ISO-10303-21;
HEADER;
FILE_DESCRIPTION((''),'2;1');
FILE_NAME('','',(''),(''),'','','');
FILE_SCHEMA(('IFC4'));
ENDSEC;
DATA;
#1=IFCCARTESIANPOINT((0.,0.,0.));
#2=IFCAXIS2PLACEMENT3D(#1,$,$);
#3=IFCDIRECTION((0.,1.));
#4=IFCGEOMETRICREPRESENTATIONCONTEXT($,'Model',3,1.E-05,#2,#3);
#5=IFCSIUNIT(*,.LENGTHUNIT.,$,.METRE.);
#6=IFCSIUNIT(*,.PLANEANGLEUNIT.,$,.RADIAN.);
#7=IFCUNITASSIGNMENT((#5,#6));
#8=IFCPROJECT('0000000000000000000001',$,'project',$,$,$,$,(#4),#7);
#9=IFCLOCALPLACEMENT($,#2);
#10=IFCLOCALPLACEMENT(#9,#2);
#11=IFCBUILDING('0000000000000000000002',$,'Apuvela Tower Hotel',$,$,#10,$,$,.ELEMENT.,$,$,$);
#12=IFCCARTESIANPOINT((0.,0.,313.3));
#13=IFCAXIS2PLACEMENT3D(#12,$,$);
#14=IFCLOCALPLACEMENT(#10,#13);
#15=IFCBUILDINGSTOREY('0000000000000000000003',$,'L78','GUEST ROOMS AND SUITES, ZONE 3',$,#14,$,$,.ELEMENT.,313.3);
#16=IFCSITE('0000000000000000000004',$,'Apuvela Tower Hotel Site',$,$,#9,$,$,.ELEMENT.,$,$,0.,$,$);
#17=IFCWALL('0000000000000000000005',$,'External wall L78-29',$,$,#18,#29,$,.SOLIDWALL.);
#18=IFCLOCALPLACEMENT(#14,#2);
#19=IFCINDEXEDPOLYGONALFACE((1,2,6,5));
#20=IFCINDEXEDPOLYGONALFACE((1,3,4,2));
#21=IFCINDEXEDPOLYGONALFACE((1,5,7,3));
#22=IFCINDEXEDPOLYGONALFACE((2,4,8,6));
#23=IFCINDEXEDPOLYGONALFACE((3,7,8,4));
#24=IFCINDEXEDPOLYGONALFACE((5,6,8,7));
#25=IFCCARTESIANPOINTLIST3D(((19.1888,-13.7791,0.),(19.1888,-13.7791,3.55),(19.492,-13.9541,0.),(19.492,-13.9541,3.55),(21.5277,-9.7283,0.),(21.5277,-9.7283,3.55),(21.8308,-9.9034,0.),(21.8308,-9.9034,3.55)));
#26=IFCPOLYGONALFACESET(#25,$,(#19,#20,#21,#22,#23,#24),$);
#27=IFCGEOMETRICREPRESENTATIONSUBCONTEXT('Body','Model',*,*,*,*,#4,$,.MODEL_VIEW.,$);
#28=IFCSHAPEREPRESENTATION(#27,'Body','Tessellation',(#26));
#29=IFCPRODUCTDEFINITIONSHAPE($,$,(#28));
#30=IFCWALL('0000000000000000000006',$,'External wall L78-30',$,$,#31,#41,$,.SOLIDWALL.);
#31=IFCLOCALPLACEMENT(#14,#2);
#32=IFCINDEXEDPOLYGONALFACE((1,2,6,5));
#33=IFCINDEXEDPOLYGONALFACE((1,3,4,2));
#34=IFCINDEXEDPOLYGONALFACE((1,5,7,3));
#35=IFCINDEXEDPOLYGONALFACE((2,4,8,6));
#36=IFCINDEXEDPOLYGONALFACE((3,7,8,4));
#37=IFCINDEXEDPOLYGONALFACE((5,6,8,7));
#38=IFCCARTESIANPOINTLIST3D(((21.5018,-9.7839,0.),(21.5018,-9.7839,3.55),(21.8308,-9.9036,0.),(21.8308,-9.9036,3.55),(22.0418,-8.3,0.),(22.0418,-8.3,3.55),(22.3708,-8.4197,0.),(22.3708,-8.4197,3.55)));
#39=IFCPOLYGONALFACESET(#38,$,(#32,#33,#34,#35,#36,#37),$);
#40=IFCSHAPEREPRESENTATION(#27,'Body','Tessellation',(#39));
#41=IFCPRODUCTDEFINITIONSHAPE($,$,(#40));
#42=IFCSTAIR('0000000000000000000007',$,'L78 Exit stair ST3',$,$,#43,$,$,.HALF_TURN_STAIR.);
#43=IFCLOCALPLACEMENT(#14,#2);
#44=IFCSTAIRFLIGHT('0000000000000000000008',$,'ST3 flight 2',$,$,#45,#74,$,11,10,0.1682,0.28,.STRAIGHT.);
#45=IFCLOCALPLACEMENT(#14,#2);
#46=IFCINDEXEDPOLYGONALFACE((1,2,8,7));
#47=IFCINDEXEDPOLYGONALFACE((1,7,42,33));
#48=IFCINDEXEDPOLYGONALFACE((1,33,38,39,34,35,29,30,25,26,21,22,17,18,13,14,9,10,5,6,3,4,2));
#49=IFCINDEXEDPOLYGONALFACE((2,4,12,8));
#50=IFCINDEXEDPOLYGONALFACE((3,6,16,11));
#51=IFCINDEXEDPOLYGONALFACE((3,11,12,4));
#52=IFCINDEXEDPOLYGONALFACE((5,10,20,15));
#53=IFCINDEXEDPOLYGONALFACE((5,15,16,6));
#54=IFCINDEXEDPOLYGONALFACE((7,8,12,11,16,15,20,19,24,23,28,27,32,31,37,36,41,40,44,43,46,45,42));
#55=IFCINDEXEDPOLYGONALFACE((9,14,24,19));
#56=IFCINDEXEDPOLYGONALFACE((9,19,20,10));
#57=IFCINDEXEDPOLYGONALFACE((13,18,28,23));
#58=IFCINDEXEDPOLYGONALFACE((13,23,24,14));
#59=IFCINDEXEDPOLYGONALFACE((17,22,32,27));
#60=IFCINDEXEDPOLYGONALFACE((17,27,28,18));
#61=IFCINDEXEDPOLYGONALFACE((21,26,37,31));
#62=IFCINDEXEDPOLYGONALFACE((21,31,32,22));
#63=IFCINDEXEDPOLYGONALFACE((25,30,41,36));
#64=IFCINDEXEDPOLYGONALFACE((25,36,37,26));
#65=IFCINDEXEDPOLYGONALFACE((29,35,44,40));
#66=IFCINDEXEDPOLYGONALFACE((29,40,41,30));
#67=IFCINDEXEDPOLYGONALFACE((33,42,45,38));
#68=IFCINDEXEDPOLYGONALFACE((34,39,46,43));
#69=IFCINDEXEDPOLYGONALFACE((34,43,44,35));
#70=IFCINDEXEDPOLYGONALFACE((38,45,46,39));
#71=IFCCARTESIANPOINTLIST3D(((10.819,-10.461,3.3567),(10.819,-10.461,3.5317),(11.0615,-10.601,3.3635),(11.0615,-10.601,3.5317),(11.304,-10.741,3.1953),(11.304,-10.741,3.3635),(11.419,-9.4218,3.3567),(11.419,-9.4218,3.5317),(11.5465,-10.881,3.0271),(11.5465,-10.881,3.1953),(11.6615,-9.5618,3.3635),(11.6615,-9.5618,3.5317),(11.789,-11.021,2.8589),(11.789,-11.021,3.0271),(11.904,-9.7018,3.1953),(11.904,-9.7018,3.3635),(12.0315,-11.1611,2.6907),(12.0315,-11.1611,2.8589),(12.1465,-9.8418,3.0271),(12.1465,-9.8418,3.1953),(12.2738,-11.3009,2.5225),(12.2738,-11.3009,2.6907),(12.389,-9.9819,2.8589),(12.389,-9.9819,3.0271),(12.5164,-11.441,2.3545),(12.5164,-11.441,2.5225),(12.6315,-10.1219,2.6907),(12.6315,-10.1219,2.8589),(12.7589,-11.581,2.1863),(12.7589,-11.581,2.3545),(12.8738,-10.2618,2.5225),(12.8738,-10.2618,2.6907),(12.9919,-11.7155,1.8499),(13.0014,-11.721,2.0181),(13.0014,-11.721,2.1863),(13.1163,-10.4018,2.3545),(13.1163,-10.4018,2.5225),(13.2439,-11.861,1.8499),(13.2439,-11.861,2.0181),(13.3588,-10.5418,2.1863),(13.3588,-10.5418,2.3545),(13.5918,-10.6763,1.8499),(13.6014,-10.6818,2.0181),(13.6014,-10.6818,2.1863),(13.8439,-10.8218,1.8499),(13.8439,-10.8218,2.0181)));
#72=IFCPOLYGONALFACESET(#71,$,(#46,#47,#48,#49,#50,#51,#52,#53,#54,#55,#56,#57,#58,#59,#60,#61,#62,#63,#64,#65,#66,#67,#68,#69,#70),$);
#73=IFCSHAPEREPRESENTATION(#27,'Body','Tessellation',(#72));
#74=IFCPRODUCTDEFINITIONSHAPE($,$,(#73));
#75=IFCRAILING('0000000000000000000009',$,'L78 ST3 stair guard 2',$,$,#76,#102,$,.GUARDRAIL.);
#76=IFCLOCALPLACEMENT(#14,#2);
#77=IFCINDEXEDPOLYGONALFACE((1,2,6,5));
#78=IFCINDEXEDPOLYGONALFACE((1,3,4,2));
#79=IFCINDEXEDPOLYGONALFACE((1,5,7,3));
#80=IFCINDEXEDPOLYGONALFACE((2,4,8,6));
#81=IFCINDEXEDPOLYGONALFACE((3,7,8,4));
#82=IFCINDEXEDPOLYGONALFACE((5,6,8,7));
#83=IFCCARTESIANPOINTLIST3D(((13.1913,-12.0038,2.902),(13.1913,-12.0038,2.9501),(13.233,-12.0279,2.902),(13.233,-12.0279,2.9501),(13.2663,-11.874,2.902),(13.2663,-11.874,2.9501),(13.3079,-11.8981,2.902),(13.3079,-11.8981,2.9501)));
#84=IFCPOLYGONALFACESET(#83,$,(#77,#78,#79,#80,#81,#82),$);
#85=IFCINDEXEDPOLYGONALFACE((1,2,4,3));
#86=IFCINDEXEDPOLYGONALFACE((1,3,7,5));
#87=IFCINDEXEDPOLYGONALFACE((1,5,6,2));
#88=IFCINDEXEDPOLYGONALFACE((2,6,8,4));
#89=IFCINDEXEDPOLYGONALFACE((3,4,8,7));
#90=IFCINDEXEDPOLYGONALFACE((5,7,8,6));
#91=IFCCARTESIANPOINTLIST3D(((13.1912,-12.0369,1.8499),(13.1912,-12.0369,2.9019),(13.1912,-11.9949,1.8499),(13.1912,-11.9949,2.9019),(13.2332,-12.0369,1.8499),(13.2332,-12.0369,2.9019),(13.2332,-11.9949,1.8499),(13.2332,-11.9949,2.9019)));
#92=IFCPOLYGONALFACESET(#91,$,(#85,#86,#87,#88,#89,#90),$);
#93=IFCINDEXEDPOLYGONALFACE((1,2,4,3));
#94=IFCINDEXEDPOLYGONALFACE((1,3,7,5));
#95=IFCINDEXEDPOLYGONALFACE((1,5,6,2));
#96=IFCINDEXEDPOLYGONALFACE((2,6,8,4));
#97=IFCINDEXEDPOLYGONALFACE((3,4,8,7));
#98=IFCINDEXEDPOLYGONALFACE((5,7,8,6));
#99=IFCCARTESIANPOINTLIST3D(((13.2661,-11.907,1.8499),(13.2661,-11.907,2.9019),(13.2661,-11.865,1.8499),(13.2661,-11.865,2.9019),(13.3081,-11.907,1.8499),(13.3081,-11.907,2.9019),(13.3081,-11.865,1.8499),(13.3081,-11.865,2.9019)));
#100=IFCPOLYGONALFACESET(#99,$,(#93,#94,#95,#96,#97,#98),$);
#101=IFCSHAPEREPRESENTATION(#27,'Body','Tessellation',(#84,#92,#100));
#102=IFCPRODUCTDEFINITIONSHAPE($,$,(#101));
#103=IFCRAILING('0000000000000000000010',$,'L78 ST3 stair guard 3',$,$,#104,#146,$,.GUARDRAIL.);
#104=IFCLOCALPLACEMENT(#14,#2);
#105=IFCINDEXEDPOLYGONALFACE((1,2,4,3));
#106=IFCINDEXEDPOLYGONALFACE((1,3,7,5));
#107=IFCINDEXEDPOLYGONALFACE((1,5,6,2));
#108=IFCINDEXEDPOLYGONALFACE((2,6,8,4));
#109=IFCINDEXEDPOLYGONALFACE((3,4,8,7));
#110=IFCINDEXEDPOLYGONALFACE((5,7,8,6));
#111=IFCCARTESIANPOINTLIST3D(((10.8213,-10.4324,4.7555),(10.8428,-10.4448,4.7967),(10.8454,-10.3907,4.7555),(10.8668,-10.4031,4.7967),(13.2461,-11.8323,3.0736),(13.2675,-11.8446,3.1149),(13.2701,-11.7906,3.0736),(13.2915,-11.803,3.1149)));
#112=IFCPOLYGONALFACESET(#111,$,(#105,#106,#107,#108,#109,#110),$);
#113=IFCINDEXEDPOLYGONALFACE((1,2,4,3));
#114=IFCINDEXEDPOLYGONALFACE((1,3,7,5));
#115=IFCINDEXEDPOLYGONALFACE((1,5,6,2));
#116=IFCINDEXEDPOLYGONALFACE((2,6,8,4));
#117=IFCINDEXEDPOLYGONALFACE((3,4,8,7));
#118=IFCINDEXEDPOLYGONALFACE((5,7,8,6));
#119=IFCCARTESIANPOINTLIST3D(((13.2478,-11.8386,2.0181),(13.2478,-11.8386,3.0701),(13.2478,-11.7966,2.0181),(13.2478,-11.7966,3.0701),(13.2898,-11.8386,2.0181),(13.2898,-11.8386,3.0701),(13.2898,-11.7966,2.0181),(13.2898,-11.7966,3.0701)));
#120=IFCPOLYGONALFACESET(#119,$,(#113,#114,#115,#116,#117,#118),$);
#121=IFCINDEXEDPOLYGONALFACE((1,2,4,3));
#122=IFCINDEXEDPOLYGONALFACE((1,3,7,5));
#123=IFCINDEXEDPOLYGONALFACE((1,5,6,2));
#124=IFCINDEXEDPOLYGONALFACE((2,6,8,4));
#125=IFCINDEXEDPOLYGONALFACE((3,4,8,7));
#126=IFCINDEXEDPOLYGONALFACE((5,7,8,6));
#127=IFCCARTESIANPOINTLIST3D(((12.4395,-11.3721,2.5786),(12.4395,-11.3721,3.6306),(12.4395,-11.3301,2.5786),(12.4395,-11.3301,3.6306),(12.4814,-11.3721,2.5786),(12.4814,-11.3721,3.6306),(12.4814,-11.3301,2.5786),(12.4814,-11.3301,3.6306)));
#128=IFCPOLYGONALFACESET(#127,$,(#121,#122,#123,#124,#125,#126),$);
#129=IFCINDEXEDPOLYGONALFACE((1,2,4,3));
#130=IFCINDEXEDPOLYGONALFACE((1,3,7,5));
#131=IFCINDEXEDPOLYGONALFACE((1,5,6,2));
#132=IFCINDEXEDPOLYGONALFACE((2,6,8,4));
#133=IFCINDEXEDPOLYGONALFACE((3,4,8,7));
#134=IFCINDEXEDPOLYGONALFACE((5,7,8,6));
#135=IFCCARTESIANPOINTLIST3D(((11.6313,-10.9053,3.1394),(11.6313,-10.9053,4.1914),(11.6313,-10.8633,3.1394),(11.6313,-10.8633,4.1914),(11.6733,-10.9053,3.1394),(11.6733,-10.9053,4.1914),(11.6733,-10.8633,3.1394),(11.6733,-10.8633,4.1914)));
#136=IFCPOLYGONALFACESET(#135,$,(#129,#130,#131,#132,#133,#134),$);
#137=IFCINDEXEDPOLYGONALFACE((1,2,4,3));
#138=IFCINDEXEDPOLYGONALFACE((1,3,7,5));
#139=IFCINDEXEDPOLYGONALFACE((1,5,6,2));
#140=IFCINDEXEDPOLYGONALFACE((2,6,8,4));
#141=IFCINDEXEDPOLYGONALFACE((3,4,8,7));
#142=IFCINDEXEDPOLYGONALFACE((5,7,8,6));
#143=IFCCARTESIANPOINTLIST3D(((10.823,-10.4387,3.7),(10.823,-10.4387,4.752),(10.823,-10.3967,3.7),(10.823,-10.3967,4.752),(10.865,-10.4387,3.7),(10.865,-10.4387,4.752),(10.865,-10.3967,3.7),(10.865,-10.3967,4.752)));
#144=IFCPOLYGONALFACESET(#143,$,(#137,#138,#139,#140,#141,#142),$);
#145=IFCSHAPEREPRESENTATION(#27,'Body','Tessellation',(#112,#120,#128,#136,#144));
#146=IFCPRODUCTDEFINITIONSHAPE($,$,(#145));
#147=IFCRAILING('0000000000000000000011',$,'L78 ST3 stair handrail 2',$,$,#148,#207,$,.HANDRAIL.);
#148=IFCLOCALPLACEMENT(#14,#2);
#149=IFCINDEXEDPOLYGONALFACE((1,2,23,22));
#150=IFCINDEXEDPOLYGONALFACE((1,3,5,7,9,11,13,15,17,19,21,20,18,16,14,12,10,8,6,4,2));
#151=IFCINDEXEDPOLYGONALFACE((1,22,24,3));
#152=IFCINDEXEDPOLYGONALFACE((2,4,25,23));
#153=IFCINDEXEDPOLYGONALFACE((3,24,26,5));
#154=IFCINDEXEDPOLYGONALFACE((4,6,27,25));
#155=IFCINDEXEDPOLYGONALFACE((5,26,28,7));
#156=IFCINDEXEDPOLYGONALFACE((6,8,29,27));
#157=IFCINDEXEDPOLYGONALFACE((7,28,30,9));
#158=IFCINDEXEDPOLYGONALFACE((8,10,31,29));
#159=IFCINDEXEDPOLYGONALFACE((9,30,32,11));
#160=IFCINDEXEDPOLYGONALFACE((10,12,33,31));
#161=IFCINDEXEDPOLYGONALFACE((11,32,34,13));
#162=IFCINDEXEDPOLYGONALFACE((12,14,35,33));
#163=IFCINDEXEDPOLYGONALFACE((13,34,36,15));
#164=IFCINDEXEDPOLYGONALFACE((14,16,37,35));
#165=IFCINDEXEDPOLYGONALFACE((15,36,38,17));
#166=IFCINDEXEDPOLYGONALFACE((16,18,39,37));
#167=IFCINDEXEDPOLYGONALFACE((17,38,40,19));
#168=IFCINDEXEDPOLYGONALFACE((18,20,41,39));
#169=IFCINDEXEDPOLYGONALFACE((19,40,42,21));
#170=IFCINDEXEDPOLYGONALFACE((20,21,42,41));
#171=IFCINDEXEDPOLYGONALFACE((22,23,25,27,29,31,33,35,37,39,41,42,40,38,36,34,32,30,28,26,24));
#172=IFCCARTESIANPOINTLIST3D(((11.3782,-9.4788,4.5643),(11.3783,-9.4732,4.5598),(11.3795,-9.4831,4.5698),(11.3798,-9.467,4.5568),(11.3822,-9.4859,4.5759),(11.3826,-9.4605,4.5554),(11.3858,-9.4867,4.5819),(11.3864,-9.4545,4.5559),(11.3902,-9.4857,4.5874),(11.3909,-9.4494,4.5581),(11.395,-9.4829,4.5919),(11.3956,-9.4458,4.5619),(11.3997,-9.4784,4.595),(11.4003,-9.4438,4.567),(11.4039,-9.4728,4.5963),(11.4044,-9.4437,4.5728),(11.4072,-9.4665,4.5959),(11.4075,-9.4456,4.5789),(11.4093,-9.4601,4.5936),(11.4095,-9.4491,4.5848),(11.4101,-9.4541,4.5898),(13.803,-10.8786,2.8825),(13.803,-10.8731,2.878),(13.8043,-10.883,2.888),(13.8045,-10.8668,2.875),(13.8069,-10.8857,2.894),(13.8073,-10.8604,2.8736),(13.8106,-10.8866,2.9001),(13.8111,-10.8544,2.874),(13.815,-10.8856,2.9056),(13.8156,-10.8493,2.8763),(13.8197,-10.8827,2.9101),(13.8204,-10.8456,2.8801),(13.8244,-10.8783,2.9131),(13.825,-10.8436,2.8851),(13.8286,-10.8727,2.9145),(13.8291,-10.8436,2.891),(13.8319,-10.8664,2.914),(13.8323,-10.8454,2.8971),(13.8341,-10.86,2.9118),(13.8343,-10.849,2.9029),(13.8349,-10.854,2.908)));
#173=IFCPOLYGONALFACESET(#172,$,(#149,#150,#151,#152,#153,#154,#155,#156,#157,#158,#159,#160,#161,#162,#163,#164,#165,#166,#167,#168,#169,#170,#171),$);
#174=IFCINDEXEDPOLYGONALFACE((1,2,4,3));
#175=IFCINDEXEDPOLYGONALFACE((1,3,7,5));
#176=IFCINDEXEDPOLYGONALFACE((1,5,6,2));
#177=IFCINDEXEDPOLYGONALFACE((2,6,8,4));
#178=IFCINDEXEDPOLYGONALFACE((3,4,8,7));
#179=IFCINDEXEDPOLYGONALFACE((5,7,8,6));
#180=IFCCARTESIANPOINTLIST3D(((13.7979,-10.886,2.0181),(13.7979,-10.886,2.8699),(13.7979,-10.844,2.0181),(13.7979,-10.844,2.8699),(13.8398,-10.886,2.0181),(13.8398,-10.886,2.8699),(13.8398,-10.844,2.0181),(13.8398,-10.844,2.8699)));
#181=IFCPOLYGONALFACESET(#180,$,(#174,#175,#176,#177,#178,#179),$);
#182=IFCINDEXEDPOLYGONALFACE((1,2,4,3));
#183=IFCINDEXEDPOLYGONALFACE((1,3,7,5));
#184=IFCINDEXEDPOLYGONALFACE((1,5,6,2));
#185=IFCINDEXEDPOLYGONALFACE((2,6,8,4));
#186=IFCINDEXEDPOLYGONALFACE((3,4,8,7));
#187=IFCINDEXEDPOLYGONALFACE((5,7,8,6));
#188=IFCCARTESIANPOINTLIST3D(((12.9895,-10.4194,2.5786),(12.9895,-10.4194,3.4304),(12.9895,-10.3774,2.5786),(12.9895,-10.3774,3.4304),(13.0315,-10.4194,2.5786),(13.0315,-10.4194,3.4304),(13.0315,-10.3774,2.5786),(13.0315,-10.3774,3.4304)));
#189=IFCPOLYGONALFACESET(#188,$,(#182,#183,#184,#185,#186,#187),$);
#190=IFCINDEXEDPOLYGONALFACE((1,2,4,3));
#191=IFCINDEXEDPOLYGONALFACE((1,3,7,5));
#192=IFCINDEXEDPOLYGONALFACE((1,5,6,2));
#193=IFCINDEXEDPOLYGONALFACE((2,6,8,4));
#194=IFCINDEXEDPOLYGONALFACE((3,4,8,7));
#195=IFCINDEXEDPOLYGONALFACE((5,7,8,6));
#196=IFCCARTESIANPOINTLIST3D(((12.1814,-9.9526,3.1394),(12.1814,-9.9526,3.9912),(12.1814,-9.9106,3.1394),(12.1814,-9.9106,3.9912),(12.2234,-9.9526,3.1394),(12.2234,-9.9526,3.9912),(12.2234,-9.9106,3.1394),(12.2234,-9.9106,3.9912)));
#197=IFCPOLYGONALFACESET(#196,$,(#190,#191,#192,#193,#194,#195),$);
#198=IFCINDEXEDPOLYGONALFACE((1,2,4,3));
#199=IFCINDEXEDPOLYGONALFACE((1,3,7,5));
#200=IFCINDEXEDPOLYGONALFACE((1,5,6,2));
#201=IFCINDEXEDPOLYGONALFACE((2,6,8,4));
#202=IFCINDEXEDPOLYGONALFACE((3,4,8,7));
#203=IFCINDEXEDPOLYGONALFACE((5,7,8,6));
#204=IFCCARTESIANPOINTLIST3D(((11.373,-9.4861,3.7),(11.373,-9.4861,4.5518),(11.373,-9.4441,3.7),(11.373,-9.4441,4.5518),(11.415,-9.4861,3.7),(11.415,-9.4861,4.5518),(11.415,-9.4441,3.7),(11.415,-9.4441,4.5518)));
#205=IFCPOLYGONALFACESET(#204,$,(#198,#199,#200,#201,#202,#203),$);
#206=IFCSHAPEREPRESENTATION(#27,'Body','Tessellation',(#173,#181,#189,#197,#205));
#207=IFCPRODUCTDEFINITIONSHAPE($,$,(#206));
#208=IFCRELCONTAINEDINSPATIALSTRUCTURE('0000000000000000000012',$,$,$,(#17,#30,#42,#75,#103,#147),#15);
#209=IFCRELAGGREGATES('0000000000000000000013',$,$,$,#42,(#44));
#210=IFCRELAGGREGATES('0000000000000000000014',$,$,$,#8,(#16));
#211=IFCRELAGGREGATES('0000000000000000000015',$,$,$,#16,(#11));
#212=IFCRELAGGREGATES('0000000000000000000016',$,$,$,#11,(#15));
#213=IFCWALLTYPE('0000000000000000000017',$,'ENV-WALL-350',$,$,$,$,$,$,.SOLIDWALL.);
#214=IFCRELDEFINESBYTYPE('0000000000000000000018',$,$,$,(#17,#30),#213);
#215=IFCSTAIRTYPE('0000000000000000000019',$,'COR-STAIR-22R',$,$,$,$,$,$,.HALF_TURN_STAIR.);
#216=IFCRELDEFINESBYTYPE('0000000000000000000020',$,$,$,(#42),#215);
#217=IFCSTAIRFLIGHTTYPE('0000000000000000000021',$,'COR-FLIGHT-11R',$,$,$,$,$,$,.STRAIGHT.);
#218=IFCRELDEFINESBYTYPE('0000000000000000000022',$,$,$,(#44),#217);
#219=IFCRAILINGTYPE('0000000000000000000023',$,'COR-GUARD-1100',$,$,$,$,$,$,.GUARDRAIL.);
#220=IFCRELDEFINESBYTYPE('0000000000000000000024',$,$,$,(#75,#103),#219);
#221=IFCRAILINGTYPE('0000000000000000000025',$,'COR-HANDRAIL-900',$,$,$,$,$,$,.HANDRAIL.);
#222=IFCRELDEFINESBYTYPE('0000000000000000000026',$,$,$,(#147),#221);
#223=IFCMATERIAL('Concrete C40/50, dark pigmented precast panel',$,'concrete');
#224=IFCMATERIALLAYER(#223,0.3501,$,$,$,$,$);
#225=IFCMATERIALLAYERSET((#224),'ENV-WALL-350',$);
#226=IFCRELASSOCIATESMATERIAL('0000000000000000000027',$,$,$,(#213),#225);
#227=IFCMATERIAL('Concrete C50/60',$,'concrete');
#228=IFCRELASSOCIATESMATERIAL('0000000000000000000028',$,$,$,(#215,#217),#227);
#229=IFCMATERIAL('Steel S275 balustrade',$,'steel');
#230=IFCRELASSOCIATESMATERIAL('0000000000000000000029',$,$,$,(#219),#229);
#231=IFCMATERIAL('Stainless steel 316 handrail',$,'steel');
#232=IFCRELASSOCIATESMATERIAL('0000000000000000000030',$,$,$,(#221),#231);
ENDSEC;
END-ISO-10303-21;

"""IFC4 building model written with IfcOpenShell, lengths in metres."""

from ifc_helpers import new_model, si_unit, direction, frame, frame_2d, origin, origin_2d, place, context, subcontext, project, spatial, polyline, rectangle, circle, outline, extrude, material, layer, layer_set, type_object, element, aggregate, save


model = new_model("IFC4")

# Units and contexts
model_context = context("Model", 3, precision=1e-05, world=origin(), true_north=direction((0.0, 1.0)))
body_context = subcontext(model_context, "Body", "Model", "MODEL_VIEW")
ifc_project = project(units=[si_unit("LENGTHUNIT", "METRE"), si_unit("PLANEANGLEUNIT", "RADIAN")], contexts=[model_context])

# Site, building, storey
site_placement = place(None, origin())
site = spatial("IfcSite", under=ifc_project, at=site_placement, Name="Apuvela Tower Hotel Site", CompositionType="ELEMENT", RefElevation=0.0)
building_placement = place(site_placement, origin())
building = spatial("IfcBuilding", under=site, at=building_placement, Name="Apuvela Tower Hotel", CompositionType="ELEMENT")
storey_placement = place(building_placement, frame((0.0, 0.0, 313.3)))
storey = spatial("IfcBuildingStorey", under=building, at=storey_placement, Name="L78", Description="GUEST ROOMS AND SUITES, ZONE 3", CompositionType="ELEMENT", Elevation=313.3)

# Shared definitions
ifc_material_1 = material(Name="Concrete C50/60", Category="concrete")

# Walls
ifc_material_2 = material(Name="Concrete C40/50, dark pigmented precast panel", Category="concrete")
ifc_layer_1 = layer(ifc_material_2, 0.3501)
ifc_layer_set_1 = layer_set([ifc_layer_1], Name="ENV-WALL-350")
wall_type_1 = type_object("IfcWallType", Name="ENV-WALL-350", PredefinedType="SOLIDWALL", material=ifc_layer_set_1)
wall_1_placement = place(storey_placement, frame((19.3403, -13.8667, 0.0), z_axis=(0.0, 0.0, 1.0), x_axis=(0.500024, 0.866012, 0.0)))
element("IfcWall", 1, at=wall_1_placement, inside=storey, type_object=wall_type_1, Name="External wall L78-29", PredefinedType="SOLIDWALL", context=body_context, shape_type="SweptSolid", body=[
    extrude(rectangle(XDim=4.6775, YDim=0.3501, at=frame_2d((2.3389, 0.0))), origin(), (0.0, 0.0, 1.0), 3.55),
])
wall_2_placement = place(storey_placement, frame((21.6663, -9.8438, 0.0), z_axis=(0.0, 0.0, 1.0), x_axis=(0.341991, 0.939703, 0.0)))
element("IfcWall", 2, at=wall_2_placement, inside=storey, type_object=wall_type_1, Name="External wall L78-30", PredefinedType="SOLIDWALL", context=body_context, shape_type="SweptSolid", body=[
    extrude(rectangle(XDim=1.5791, YDim=0.3501, at=frame_2d((0.7896, 0.0))), origin(), (0.0, 0.0, 1.0), 3.55),
])

# Stair, stair flight
stair_type = type_object("IfcStairType", Name="COR-STAIR-22R", PredefinedType="HALF_TURN_STAIR", material=ifc_material_1)
stair_placement = place(storey_placement, origin())
stair = element("IfcStair", 3, at=stair_placement, inside=storey, type_object=stair_type, Name="L78 Exit stair ST3", PredefinedType="HALF_TURN_STAIR")
stair_flight_type = type_object("IfcStairFlightType", Name="COR-FLIGHT-11R", PredefinedType="STRAIGHT", material=ifc_material_1)
stair_flight_placement = place(storey_placement, frame((13.5439, -11.3413, 1.8499), z_axis=(0.0, 0.0, 1.0), x_axis=(-0.866025, 0.5, 0.0)))
stair_flight = element("IfcStairFlight", 4, at=stair_flight_placement, type_object=stair_flight_type, Name="ST3 flight 2", NumberOfRisers=11, NumberOfTreads=10, PredefinedType="STRAIGHT", RiserHeight=0.1682, TreadLength=0.28, context=body_context, shape_type="SweptSolid", body=[
    extrude(outline(polyline([(0.0, 0.0), (0.0, 0.1682), (0.28, 0.1682), (0.28, 0.3364), (0.5601, 0.3364), (0.5601, 0.5046), (0.8401, 0.5046), (0.8401, 0.6726), (1.1201, 0.6726), (1.1201, 0.8408), (1.3999, 0.8408), (1.3999, 1.009), (1.6799, 1.009), (1.6799, 1.1772), (1.96, 1.1772), (1.96, 1.3455), (2.24, 1.3455), (2.24, 1.5137), (2.52, 1.5137), (2.52, 1.6819), (2.8, 1.6819), (2.8, 1.8501), (2.8, 1.5068), (0.291, 0.0), (0.0, 0.0)])), frame((0.0, 0.6001, 0.0), z_axis=(0.0, -1.0, 0.0), x_axis=(1.0, 0.0, 0.0)), (0.0, 0.0, 1.0), 1.2),
])
aggregate(stair, [stair_flight])

# Railings
ifc_material_3 = material(Name="Steel S275 balustrade", Category="steel")
railing_type_1 = type_object("IfcRailingType", Name="COR-GUARD-1100", PredefinedType="GUARDRAIL", material=ifc_material_3)
railing_1_placement = place(storey_placement, frame((13.2122, -12.0159, 1.8499)))
element("IfcRailing", 5, at=railing_1_placement, inside=storey, type_object=railing_type_1, Name="L78 ST3 stair guard 2", PredefinedType="GUARDRAIL", context=body_context, shape_type="SweptSolid", body=[
    extrude(rectangle(XDim=0.0481, YDim=0.0481, at=origin_2d()), frame((0.0, 0.0, 1.0762), z_axis=(0.499816, 0.866131, 0.0), x_axis=(-0.866131, 0.499816, 0.0)), (0.0, 0.0, 1.0), 0.1499),
    extrude(rectangle(XDim=0.042, YDim=0.042, at=origin_2d()), origin(), (0.0, 0.0, 1.0), 1.052),
    extrude(rectangle(XDim=0.042, YDim=0.042, at=origin_2d()), frame((0.075, 0.1299, 0.0)), (0.0, 0.0, 1.0), 1.052),
])
railing_2_placement = place(storey_placement, frame((13.2688, -11.8176, 2.0181)))
element("IfcRailing", 6, at=railing_2_placement, inside=storey, type_object=railing_type_1, Name="L78 ST3 stair guard 3", PredefinedType="GUARDRAIL", context=body_context, shape_type="SweptSolid", body=[
    extrude(rectangle(XDim=0.0481, YDim=0.0481, at=origin_2d()), frame((0.0, 0.0, 1.0762), z_axis=(-0.74239, 0.428601, 0.514934), x_axis=(-0.499984, -0.866035, 0.0)), (0.0, 0.0, 1.0), 3.2661),
    extrude(rectangle(XDim=0.042, YDim=0.042, at=origin_2d()), origin(), (0.0, 0.0, 1.0), 1.052),
    extrude(rectangle(XDim=0.042, YDim=0.042, at=origin_2d()), frame((-0.8083, 0.4666, 0.5605)), (0.0, 0.0, 1.0), 1.052),
    extrude(rectangle(XDim=0.042, YDim=0.042, at=origin_2d()), frame((-1.6165, 0.9333, 1.1213)), (0.0, 0.0, 1.0), 1.052),
    extrude(rectangle(XDim=0.042, YDim=0.042, at=origin_2d()), frame((-2.4248, 1.3999, 1.6819)), (0.0, 0.0, 1.0), 1.052),
])
ifc_material_4 = material(Name="Stainless steel 316 handrail", Category="steel")
railing_type_2 = type_object("IfcRailingType", Name="COR-HANDRAIL-900", PredefinedType="HANDRAIL", material=ifc_material_4)
railing_3_placement = place(storey_placement, frame((13.8188, -10.865, 2.0181)))
element("IfcRailing", 7, at=railing_3_placement, inside=storey, type_object=railing_type_2, Name="L78 ST3 stair handrail 2", PredefinedType="HANDRAIL", context=body_context, shape_type="SweptSolid", body=[
    extrude(circle(Radius=0.0239, at=origin_2d()), frame((0.0, 0.0, 0.876), z_axis=(-0.74239, 0.428601, 0.514934), x_axis=(-0.499984, -0.866035, 0.0)), (0.0, 0.0, 1.0), 3.2661),
    extrude(rectangle(XDim=0.042, YDim=0.042, at=origin_2d()), origin(), (0.0, 0.0, 1.0), 0.8518),
    extrude(rectangle(XDim=0.042, YDim=0.042, at=origin_2d()), frame((-0.8083, 0.4666, 0.5605)), (0.0, 0.0, 1.0), 0.8518),
    extrude(rectangle(XDim=0.042, YDim=0.042, at=origin_2d()), frame((-1.6165, 0.9333, 1.1213)), (0.0, 0.0, 1.0), 0.8518),
    extrude(rectangle(XDim=0.042, YDim=0.042, at=origin_2d()), frame((-2.4248, 1.3999, 1.6819)), (0.0, 0.0, 1.0), 0.8518),
])

save(model, "model.ifc")
